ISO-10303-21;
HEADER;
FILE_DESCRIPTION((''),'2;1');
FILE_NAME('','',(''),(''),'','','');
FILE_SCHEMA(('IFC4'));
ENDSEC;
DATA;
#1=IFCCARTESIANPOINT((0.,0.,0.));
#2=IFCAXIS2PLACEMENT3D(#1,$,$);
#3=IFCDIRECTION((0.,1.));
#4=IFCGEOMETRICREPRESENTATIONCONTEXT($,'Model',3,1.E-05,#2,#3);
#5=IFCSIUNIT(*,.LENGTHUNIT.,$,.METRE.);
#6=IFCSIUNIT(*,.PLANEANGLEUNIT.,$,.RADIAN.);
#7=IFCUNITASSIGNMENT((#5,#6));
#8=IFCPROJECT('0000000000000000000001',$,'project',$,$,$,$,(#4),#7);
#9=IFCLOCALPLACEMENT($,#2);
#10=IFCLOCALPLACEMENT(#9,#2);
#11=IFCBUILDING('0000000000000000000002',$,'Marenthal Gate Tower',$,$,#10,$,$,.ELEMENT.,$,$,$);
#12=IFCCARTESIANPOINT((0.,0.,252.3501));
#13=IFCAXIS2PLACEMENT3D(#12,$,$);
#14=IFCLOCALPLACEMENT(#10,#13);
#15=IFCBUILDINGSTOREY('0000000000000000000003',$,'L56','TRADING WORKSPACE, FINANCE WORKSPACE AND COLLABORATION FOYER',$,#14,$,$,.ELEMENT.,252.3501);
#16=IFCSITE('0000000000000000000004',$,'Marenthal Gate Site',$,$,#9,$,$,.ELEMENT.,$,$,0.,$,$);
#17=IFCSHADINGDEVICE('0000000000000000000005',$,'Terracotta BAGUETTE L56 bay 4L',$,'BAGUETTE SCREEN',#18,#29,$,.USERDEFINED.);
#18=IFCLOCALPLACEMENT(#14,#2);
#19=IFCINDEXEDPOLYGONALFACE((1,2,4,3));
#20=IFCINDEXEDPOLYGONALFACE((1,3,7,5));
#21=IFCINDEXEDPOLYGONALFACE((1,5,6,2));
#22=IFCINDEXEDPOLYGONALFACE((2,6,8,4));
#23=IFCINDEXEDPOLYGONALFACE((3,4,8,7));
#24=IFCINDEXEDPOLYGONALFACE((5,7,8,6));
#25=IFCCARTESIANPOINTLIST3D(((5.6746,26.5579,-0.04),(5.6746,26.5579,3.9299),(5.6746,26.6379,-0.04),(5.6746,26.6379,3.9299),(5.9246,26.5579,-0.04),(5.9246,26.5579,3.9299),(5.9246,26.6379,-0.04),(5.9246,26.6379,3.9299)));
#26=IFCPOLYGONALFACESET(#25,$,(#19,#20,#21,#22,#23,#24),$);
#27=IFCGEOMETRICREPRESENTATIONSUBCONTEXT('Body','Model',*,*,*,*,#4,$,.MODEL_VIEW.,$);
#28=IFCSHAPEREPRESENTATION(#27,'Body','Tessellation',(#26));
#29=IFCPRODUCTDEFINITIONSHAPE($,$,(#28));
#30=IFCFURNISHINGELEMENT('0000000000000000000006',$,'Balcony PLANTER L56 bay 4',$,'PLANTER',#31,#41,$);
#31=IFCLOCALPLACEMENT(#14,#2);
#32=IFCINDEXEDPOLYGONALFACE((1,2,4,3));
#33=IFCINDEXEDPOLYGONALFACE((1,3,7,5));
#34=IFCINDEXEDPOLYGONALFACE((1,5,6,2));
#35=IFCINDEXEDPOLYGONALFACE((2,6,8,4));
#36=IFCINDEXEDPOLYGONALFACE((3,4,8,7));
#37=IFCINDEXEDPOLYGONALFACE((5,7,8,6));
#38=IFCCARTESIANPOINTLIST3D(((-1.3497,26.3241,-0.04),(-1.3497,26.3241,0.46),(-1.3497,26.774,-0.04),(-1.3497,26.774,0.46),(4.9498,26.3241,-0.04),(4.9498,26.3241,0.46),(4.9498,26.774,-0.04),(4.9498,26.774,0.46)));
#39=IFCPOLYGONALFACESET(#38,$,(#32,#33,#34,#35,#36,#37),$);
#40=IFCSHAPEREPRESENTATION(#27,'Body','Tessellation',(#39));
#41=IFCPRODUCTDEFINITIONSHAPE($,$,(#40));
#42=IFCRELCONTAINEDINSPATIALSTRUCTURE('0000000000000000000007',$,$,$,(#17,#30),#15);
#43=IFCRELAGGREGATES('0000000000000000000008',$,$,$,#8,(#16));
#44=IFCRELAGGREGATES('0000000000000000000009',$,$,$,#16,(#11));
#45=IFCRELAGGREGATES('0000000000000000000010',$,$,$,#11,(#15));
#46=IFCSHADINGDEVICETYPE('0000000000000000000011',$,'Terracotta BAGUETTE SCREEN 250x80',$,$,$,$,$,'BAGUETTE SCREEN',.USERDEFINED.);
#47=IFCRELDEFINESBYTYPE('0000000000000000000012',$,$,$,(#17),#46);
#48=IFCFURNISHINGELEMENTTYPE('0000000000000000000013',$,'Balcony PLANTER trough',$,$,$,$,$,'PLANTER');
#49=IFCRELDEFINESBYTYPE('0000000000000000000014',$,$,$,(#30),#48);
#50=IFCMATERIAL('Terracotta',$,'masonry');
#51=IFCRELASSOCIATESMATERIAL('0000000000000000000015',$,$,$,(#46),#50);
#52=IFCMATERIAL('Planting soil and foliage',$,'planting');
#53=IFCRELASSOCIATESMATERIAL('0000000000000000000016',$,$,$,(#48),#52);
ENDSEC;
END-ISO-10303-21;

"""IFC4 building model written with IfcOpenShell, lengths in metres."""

from ifc_helpers import new_model, si_unit, direction, frame, origin, origin_2d, place, context, subcontext, project, spatial, rectangle, extrude, material, material_profile, profile_set, type_object, element, save


model = new_model("IFC4")

# Units and contexts
model_context = context("Model", 3, precision=1e-05, world=origin(), true_north=direction((0.0, 1.0)))
body_context = subcontext(model_context, "Body", "Model", "MODEL_VIEW")
ifc_project = project(units=[si_unit("LENGTHUNIT", "METRE"), si_unit("PLANEANGLEUNIT", "RADIAN")], contexts=[model_context])

# Site, building, storey
site_placement = place(None, origin())
site = spatial("IfcSite", under=ifc_project, at=site_placement, Name="Marenthal Gate Site", CompositionType="ELEMENT", RefElevation=0.0)
building_placement = place(site_placement, origin())
building = spatial("IfcBuilding", under=site, at=building_placement, Name="Marenthal Gate Tower", CompositionType="ELEMENT")
storey_placement = place(building_placement, frame((0.0, 0.0, 252.3501)))
storey = spatial("IfcBuildingStorey", under=building, at=storey_placement, Name="L56", Description="TRADING WORKSPACE, FINANCE WORKSPACE AND COLLABORATION FOYER", CompositionType="ELEMENT", Elevation=252.3501)

# Shading device
ifc_material_1 = material(Name="Terracotta", Category="masonry")
ifc_material_profile_1 = material_profile(ifc_material_1, rectangle(XDim=0.25, YDim=0.0801, at=origin_2d()), Name="Terracotta baguette 250x80")
ifc_profile_set_1 = profile_set([ifc_material_profile_1], Name="Terracotta")
shading_device_type = type_object("IfcShadingDeviceType", Name="Terracotta BAGUETTE SCREEN 250x80", ElementType="BAGUETTE SCREEN", PredefinedType="USERDEFINED", material=ifc_profile_set_1)
shading_device_placement = place(storey_placement, frame((5.7996, 26.5979, -0.04), z_axis=(0.0, 0.0, 1.0), x_axis=(-1.0, 0.0, 0.0)))
element("IfcShadingDevice", 1, at=shading_device_placement, inside=storey, type_object=shading_device_type, Name="Terracotta BAGUETTE L56 bay 4L", ObjectType="BAGUETTE SCREEN", PredefinedType="USERDEFINED", context=body_context, shape_type="SweptSolid", body=[
    extrude(rectangle(XDim=0.25, YDim=0.0801, at=origin_2d()), origin(), (0.0, 0.0, 1.0), 3.97),
])

# Furnishing element
ifc_material_2 = material(Name="Planting soil and foliage", Category="planting")
furnishing_element_type = type_object("IfcFurnishingElementType", Name="Balcony PLANTER trough", ElementType="PLANTER", material=ifc_material_2)
furnishing_placement = place(storey_placement, frame((1.8, 26.5491, -0.04), z_axis=(0.0, 0.0, 1.0), x_axis=(-1.0, 0.0, 0.0)))
element("IfcFurnishingElement", 2, at=furnishing_placement, inside=storey, type_object=furnishing_element_type, Name="Balcony PLANTER L56 bay 4", ObjectType="PLANTER", context=body_context, shape_type="SweptSolid", body=[
    extrude(rectangle(XDim=6.2996, YDim=0.45, at=origin_2d()), origin(), (0.0, 0.0, 1.0), 0.5),
])

save(model, "model.ifc")
